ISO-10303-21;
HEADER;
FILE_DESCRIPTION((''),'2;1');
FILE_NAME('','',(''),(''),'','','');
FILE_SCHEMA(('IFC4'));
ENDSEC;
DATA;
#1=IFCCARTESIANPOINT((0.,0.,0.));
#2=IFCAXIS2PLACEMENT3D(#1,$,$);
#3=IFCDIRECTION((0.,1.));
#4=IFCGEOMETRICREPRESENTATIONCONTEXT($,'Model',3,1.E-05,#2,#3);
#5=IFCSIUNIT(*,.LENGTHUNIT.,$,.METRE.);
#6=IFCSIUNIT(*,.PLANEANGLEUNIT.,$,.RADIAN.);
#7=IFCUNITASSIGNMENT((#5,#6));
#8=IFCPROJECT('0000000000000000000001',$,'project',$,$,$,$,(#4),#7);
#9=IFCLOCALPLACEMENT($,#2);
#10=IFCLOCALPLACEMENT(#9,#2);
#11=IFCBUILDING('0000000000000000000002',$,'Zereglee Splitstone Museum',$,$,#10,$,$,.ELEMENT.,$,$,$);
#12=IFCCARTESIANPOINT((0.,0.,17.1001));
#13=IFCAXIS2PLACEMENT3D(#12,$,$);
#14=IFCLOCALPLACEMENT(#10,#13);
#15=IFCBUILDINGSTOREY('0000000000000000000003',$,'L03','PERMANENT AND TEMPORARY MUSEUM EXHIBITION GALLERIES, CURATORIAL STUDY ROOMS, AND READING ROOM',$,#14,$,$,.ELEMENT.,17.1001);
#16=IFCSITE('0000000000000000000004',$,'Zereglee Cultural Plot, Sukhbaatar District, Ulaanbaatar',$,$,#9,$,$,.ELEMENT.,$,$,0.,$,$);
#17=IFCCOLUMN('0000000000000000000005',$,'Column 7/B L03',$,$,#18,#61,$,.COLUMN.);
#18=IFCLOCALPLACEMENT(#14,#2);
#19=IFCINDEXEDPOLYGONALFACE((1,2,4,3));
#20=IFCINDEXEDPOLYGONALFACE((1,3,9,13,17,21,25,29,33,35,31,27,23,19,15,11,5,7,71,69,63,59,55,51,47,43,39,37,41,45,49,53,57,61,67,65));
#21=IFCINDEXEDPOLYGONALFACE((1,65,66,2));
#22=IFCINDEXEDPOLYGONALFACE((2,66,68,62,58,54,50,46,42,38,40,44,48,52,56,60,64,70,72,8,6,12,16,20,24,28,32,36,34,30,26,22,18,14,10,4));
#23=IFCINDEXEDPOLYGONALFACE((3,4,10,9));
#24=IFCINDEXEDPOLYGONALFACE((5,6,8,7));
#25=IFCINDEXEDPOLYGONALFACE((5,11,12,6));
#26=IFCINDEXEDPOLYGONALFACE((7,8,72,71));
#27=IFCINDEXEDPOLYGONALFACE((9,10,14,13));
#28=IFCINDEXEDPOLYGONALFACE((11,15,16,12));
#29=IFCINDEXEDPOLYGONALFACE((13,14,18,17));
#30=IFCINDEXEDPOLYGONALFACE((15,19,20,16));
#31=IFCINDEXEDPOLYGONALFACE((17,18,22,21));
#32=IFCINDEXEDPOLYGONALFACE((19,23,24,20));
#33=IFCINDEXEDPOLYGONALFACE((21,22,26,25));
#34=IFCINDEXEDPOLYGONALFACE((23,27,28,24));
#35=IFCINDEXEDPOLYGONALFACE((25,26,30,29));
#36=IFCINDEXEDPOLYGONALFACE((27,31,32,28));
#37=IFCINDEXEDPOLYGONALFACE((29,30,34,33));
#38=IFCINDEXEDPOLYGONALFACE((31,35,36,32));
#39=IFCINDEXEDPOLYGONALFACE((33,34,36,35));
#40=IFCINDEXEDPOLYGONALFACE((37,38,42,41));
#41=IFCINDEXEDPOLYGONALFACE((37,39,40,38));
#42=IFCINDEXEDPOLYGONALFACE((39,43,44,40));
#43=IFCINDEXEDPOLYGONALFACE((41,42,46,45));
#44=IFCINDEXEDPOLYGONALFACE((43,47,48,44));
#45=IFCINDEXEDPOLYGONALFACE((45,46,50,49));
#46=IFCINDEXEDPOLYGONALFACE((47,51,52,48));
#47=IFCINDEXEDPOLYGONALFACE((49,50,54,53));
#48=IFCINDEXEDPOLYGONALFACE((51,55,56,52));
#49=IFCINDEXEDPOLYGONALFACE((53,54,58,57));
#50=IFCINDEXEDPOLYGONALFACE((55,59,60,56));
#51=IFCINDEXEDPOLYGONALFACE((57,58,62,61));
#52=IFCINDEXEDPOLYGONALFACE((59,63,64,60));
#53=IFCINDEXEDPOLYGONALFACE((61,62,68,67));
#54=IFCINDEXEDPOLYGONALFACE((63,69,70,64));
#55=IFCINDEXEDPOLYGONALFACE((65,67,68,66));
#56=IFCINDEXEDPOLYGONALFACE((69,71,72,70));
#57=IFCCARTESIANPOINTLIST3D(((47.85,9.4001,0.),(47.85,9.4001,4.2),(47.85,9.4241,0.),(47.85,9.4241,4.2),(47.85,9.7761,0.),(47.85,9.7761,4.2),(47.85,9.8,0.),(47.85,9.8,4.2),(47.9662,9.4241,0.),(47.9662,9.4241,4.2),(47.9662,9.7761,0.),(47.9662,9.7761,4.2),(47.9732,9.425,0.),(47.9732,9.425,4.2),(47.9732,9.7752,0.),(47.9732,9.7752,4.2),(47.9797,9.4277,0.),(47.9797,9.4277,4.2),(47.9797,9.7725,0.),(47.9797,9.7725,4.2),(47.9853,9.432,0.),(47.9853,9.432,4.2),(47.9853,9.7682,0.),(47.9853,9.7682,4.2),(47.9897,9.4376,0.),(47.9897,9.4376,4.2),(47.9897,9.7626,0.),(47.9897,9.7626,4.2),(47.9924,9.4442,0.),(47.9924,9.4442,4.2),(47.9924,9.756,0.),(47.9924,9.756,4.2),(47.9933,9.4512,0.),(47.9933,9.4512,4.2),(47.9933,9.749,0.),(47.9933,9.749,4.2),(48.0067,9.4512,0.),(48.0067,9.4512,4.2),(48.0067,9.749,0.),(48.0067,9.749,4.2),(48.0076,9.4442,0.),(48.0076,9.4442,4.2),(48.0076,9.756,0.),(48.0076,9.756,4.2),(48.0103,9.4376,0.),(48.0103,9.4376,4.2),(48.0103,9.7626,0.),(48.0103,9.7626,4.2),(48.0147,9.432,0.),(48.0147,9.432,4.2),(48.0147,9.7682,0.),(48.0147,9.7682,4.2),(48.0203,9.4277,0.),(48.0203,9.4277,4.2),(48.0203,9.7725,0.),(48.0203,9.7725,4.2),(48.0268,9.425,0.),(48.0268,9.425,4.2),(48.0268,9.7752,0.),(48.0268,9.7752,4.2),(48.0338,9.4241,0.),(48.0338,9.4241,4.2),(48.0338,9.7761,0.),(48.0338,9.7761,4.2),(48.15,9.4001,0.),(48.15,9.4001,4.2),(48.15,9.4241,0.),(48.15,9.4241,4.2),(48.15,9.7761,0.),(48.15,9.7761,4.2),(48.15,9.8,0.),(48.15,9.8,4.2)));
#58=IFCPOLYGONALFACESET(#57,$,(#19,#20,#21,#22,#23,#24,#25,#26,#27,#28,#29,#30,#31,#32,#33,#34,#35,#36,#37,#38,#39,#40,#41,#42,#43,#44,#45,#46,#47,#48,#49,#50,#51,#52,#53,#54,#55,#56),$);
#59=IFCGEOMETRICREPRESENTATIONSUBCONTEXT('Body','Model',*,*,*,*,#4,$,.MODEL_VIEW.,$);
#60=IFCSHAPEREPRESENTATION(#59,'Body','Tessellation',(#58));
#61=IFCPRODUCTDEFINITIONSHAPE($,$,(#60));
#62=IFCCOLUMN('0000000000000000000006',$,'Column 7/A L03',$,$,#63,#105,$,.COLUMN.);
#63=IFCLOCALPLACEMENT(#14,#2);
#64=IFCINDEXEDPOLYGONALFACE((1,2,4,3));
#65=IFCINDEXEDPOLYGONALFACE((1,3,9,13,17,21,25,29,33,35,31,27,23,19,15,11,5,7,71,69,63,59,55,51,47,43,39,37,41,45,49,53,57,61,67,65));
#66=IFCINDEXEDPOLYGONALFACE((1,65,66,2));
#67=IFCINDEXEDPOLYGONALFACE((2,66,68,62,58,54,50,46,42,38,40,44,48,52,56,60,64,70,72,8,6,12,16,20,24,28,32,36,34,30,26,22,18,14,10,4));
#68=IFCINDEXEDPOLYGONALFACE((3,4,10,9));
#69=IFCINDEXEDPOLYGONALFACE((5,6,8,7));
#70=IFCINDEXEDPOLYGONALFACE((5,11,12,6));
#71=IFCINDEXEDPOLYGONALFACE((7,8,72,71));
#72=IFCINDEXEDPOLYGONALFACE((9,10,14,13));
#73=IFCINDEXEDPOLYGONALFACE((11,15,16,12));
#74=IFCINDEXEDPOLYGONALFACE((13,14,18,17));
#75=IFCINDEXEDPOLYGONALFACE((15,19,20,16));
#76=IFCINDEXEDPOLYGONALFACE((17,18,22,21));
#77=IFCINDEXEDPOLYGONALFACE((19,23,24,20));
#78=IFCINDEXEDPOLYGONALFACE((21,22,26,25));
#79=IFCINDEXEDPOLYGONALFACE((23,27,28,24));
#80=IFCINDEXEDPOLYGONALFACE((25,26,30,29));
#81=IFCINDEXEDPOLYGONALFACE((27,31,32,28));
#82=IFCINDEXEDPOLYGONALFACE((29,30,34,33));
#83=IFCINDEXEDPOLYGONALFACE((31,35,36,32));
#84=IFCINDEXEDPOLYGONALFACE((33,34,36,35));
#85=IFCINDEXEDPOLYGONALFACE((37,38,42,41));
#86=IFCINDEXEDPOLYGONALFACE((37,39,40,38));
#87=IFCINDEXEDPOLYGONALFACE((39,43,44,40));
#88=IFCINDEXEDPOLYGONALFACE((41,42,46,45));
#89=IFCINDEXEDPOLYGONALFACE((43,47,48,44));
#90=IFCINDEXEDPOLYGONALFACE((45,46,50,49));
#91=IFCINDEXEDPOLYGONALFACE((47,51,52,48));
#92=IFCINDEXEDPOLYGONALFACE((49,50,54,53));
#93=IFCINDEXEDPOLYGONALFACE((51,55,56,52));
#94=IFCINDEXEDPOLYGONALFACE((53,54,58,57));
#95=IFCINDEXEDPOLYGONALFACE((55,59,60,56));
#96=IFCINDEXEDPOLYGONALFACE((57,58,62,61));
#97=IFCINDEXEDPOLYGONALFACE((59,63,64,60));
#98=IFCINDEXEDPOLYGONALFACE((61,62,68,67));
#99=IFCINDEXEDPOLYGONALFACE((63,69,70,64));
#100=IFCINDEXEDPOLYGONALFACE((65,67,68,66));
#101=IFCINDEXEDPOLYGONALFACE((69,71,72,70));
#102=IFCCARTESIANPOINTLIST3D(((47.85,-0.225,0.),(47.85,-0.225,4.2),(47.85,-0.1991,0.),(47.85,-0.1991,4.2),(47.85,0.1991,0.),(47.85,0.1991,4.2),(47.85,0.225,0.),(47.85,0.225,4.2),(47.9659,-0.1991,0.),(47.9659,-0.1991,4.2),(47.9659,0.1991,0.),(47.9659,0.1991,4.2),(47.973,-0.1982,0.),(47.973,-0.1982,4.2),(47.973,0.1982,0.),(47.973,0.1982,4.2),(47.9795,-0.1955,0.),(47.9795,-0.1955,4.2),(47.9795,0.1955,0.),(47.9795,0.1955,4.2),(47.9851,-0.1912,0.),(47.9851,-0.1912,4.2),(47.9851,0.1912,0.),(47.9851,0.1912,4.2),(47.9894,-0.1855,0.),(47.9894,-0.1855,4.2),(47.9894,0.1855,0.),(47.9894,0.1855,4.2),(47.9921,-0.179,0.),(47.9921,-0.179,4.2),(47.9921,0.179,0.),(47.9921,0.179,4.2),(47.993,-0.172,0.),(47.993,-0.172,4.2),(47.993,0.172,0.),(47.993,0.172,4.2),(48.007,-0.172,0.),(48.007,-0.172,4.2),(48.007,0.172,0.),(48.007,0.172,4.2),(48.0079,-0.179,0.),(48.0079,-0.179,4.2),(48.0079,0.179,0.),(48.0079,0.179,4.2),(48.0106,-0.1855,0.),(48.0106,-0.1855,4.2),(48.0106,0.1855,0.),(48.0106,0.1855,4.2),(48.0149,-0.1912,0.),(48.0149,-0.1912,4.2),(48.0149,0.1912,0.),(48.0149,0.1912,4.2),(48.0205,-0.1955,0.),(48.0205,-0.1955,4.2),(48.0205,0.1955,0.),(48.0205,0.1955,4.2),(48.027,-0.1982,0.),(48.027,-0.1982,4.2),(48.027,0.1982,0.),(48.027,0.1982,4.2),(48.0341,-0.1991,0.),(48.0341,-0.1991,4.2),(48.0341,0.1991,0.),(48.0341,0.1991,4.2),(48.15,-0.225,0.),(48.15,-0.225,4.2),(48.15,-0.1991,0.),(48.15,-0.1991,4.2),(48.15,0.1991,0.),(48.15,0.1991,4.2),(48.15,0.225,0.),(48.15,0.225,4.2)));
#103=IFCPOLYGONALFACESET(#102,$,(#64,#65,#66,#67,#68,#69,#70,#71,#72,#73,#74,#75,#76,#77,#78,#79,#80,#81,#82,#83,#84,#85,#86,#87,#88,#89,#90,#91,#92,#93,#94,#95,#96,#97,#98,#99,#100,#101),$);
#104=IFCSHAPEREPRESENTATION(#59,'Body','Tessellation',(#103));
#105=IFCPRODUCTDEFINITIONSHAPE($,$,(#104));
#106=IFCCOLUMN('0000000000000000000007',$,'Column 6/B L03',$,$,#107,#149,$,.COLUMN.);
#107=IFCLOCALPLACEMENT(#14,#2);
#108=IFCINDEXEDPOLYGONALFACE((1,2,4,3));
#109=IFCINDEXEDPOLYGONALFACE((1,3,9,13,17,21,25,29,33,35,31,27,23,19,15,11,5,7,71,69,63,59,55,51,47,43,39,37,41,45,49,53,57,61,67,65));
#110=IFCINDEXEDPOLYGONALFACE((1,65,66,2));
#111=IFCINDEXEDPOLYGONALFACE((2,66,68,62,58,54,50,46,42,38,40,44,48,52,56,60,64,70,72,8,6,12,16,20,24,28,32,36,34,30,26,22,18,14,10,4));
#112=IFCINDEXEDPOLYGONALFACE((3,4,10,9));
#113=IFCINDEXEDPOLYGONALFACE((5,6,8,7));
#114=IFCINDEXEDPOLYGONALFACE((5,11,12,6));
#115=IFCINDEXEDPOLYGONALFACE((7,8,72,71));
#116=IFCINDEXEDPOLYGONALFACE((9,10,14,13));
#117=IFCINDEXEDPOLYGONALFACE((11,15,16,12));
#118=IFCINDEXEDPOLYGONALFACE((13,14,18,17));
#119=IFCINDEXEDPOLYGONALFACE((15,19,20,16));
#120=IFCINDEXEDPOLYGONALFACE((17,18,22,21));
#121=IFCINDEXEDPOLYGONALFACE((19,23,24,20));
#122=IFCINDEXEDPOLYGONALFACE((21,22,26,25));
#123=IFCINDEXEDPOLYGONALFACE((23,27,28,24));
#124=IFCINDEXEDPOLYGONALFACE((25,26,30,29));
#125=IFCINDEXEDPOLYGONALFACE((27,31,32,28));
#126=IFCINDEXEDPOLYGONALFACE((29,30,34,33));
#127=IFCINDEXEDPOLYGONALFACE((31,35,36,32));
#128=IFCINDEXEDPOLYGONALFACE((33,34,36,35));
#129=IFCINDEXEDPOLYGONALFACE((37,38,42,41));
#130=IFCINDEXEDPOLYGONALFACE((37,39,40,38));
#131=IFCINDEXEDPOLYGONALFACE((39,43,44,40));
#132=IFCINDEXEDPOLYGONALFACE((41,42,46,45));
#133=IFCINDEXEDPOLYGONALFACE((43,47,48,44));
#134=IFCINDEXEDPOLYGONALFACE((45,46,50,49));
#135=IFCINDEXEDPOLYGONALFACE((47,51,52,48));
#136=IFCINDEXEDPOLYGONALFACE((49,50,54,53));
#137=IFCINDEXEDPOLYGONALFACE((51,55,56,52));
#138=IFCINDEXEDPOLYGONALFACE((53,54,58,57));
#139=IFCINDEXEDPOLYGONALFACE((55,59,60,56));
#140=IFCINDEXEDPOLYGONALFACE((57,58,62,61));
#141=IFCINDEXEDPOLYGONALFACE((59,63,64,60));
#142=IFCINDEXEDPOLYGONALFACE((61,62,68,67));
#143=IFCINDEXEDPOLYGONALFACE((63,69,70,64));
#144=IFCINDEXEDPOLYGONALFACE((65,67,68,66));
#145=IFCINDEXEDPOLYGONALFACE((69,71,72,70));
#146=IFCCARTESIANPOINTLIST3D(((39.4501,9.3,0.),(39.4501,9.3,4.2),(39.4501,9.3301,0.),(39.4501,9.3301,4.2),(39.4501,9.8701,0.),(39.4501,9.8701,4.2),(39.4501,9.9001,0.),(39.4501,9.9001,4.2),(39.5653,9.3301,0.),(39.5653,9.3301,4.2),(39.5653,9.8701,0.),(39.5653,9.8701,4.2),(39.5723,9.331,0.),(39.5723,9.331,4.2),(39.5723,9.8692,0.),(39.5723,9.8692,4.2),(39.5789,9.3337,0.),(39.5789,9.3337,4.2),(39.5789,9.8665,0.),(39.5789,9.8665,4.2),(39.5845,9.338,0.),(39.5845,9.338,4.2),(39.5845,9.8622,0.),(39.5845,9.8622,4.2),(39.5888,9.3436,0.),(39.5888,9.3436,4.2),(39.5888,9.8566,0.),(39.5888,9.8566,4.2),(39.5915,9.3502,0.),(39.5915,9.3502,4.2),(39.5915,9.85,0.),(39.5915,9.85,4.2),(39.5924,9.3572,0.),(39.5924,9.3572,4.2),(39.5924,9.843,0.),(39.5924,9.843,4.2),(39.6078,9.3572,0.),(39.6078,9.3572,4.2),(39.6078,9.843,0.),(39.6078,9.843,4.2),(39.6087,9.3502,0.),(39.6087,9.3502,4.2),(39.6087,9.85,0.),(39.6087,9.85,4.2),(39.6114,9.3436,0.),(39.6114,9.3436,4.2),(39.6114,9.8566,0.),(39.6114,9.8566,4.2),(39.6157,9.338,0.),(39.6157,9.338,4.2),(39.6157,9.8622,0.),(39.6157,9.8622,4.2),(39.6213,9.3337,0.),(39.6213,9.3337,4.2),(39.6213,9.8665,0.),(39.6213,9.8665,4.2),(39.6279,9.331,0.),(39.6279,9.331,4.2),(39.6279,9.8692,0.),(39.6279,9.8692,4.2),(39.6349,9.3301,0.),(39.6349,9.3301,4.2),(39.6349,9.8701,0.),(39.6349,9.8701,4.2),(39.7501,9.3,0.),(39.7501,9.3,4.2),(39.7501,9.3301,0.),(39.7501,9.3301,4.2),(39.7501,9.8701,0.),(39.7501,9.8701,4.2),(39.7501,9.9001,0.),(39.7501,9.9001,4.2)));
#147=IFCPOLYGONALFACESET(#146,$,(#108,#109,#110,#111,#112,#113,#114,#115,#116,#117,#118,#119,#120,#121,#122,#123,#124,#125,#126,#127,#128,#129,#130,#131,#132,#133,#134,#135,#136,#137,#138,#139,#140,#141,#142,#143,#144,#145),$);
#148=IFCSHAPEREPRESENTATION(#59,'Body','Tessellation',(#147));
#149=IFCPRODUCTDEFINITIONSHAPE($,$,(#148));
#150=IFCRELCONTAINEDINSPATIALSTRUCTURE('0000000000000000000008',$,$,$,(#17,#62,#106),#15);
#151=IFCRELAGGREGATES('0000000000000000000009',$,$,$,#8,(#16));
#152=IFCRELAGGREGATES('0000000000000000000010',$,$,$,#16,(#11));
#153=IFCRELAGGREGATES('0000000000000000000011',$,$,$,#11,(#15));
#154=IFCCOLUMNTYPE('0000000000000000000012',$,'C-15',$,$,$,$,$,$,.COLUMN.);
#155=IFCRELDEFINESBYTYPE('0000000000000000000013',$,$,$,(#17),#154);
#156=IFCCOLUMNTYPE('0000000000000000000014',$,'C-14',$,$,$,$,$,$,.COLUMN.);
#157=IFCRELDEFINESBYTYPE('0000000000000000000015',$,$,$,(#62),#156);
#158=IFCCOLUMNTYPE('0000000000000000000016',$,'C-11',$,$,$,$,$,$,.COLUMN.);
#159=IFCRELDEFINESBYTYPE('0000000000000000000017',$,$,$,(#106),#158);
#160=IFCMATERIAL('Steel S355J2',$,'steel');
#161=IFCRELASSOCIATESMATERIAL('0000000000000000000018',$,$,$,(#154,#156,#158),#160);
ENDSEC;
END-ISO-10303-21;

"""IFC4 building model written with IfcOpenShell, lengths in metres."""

from ifc_helpers import new_model, si_unit, direction, frame, origin, origin_2d, place, context, subcontext, project, spatial, i_section, extrude, material, material_profile, profile_set, type_object, element, save


model = new_model("IFC4")

# Units and contexts
model_context = context("Model", 3, precision=1e-05, world=origin(), true_north=direction((0.0, 1.0)))
body_context = subcontext(model_context, "Body", "Model", "MODEL_VIEW")
ifc_project = project(units=[si_unit("LENGTHUNIT", "METRE"), si_unit("PLANEANGLEUNIT", "RADIAN")], contexts=[model_context])

# Site, building, storey
site_placement = place(None, origin())
site = spatial("IfcSite", under=ifc_project, at=site_placement, Name="Zereglee Cultural Plot, Sukhbaatar District, Ulaanbaatar", CompositionType="ELEMENT", RefElevation=0.0)
building_placement = place(site_placement, origin())
building = spatial("IfcBuilding", under=site, at=building_placement, Name="Zereglee Splitstone Museum", CompositionType="ELEMENT")
storey_placement = place(building_placement, frame((0.0, 0.0, 17.1001)))
storey = spatial("IfcBuildingStorey", under=building, at=storey_placement, Name="L03", Description="PERMANENT AND TEMPORARY MUSEUM EXHIBITION GALLERIES, CURATORIAL STUDY ROOMS, AND READING ROOM", CompositionType="ELEMENT", Elevation=17.1001)

# Columns
ifc_material_1 = material(Name="Steel S355J2", Category="steel")
ifc_material_profile_1 = material_profile(ifc_material_1, i_section(OverallWidth=0.3, OverallDepth=0.3999, WebThickness=0.0134, FlangeThickness=0.0239, FilletRadius=0.0271, at=origin_2d()), Name="HE 400 B")
ifc_profile_set_1 = profile_set([ifc_material_profile_1], Name="Steel S355J2")
column_type_1 = type_object("IfcColumnType", Name="C-15", PredefinedType="COLUMN", material=ifc_profile_set_1)
column_1_placement = place(storey_placement, frame((48.0, 9.6001, 0.0), z_axis=(0.0, 0.0, 1.0), x_axis=(1.0, 0.0, 0.0)))
element("IfcColumn", 1, at=column_1_placement, inside=storey, type_object=column_type_1, Name="Column 7/B L03", PredefinedType="COLUMN", context=body_context, shape_type="SweptSolid", body=[
    extrude(i_section(OverallWidth=0.3, OverallDepth=0.3999, WebThickness=0.0134, FlangeThickness=0.0239, FilletRadius=0.0271, at=origin_2d()), origin(), (0.0, 0.0, 1.0), 4.2),
])
ifc_material_profile_2 = material_profile(ifc_material_1, i_section(OverallWidth=0.3, OverallDepth=0.45, WebThickness=0.0139, FlangeThickness=0.0259, FilletRadius=0.0271, at=origin_2d()), Name="HE 450 B")
ifc_profile_set_2 = profile_set([ifc_material_profile_2], Name="Steel S355J2")
column_type_2 = type_object("IfcColumnType", Name="C-14", PredefinedType="COLUMN", material=ifc_profile_set_2)
column_2_placement = place(storey_placement, frame((48.0, 0.0, 0.0), z_axis=(0.0, 0.0, 1.0), x_axis=(1.0, 0.0, 0.0)))
element("IfcColumn", 2, at=column_2_placement, inside=storey, type_object=column_type_2, Name="Column 7/A L03", PredefinedType="COLUMN", context=body_context, shape_type="SweptSolid", body=[
    extrude(i_section(OverallWidth=0.3, OverallDepth=0.45, WebThickness=0.0139, FlangeThickness=0.0259, FilletRadius=0.0271, at=origin_2d()), origin(), (0.0, 0.0, 1.0), 4.2),
])
ifc_material_profile_3 = material_profile(ifc_material_1, i_section(OverallWidth=0.3, OverallDepth=0.6001, WebThickness=0.0154, FlangeThickness=0.03, FilletRadius=0.0271, at=origin_2d()), Name="HE 600 B")
ifc_profile_set_3 = profile_set([ifc_material_profile_3], Name="Steel S355J2")
column_type_3 = type_object("IfcColumnType", Name="C-11", PredefinedType="COLUMN", material=ifc_profile_set_3)
column_3_placement = place(storey_placement, frame((39.6001, 9.6001, 0.0), z_axis=(0.0, 0.0, 1.0), x_axis=(1.0, 0.0, 0.0)))
element("IfcColumn", 3, at=column_3_placement, inside=storey, type_object=column_type_3, Name="Column 6/B L03", PredefinedType="COLUMN", context=body_context, shape_type="SweptSolid", body=[
    extrude(i_section(OverallWidth=0.3, OverallDepth=0.6001, WebThickness=0.0154, FlangeThickness=0.03, FilletRadius=0.0271, at=origin_2d()), origin(), (0.0, 0.0, 1.0), 4.2),
])

save(model, "model.ifc")
